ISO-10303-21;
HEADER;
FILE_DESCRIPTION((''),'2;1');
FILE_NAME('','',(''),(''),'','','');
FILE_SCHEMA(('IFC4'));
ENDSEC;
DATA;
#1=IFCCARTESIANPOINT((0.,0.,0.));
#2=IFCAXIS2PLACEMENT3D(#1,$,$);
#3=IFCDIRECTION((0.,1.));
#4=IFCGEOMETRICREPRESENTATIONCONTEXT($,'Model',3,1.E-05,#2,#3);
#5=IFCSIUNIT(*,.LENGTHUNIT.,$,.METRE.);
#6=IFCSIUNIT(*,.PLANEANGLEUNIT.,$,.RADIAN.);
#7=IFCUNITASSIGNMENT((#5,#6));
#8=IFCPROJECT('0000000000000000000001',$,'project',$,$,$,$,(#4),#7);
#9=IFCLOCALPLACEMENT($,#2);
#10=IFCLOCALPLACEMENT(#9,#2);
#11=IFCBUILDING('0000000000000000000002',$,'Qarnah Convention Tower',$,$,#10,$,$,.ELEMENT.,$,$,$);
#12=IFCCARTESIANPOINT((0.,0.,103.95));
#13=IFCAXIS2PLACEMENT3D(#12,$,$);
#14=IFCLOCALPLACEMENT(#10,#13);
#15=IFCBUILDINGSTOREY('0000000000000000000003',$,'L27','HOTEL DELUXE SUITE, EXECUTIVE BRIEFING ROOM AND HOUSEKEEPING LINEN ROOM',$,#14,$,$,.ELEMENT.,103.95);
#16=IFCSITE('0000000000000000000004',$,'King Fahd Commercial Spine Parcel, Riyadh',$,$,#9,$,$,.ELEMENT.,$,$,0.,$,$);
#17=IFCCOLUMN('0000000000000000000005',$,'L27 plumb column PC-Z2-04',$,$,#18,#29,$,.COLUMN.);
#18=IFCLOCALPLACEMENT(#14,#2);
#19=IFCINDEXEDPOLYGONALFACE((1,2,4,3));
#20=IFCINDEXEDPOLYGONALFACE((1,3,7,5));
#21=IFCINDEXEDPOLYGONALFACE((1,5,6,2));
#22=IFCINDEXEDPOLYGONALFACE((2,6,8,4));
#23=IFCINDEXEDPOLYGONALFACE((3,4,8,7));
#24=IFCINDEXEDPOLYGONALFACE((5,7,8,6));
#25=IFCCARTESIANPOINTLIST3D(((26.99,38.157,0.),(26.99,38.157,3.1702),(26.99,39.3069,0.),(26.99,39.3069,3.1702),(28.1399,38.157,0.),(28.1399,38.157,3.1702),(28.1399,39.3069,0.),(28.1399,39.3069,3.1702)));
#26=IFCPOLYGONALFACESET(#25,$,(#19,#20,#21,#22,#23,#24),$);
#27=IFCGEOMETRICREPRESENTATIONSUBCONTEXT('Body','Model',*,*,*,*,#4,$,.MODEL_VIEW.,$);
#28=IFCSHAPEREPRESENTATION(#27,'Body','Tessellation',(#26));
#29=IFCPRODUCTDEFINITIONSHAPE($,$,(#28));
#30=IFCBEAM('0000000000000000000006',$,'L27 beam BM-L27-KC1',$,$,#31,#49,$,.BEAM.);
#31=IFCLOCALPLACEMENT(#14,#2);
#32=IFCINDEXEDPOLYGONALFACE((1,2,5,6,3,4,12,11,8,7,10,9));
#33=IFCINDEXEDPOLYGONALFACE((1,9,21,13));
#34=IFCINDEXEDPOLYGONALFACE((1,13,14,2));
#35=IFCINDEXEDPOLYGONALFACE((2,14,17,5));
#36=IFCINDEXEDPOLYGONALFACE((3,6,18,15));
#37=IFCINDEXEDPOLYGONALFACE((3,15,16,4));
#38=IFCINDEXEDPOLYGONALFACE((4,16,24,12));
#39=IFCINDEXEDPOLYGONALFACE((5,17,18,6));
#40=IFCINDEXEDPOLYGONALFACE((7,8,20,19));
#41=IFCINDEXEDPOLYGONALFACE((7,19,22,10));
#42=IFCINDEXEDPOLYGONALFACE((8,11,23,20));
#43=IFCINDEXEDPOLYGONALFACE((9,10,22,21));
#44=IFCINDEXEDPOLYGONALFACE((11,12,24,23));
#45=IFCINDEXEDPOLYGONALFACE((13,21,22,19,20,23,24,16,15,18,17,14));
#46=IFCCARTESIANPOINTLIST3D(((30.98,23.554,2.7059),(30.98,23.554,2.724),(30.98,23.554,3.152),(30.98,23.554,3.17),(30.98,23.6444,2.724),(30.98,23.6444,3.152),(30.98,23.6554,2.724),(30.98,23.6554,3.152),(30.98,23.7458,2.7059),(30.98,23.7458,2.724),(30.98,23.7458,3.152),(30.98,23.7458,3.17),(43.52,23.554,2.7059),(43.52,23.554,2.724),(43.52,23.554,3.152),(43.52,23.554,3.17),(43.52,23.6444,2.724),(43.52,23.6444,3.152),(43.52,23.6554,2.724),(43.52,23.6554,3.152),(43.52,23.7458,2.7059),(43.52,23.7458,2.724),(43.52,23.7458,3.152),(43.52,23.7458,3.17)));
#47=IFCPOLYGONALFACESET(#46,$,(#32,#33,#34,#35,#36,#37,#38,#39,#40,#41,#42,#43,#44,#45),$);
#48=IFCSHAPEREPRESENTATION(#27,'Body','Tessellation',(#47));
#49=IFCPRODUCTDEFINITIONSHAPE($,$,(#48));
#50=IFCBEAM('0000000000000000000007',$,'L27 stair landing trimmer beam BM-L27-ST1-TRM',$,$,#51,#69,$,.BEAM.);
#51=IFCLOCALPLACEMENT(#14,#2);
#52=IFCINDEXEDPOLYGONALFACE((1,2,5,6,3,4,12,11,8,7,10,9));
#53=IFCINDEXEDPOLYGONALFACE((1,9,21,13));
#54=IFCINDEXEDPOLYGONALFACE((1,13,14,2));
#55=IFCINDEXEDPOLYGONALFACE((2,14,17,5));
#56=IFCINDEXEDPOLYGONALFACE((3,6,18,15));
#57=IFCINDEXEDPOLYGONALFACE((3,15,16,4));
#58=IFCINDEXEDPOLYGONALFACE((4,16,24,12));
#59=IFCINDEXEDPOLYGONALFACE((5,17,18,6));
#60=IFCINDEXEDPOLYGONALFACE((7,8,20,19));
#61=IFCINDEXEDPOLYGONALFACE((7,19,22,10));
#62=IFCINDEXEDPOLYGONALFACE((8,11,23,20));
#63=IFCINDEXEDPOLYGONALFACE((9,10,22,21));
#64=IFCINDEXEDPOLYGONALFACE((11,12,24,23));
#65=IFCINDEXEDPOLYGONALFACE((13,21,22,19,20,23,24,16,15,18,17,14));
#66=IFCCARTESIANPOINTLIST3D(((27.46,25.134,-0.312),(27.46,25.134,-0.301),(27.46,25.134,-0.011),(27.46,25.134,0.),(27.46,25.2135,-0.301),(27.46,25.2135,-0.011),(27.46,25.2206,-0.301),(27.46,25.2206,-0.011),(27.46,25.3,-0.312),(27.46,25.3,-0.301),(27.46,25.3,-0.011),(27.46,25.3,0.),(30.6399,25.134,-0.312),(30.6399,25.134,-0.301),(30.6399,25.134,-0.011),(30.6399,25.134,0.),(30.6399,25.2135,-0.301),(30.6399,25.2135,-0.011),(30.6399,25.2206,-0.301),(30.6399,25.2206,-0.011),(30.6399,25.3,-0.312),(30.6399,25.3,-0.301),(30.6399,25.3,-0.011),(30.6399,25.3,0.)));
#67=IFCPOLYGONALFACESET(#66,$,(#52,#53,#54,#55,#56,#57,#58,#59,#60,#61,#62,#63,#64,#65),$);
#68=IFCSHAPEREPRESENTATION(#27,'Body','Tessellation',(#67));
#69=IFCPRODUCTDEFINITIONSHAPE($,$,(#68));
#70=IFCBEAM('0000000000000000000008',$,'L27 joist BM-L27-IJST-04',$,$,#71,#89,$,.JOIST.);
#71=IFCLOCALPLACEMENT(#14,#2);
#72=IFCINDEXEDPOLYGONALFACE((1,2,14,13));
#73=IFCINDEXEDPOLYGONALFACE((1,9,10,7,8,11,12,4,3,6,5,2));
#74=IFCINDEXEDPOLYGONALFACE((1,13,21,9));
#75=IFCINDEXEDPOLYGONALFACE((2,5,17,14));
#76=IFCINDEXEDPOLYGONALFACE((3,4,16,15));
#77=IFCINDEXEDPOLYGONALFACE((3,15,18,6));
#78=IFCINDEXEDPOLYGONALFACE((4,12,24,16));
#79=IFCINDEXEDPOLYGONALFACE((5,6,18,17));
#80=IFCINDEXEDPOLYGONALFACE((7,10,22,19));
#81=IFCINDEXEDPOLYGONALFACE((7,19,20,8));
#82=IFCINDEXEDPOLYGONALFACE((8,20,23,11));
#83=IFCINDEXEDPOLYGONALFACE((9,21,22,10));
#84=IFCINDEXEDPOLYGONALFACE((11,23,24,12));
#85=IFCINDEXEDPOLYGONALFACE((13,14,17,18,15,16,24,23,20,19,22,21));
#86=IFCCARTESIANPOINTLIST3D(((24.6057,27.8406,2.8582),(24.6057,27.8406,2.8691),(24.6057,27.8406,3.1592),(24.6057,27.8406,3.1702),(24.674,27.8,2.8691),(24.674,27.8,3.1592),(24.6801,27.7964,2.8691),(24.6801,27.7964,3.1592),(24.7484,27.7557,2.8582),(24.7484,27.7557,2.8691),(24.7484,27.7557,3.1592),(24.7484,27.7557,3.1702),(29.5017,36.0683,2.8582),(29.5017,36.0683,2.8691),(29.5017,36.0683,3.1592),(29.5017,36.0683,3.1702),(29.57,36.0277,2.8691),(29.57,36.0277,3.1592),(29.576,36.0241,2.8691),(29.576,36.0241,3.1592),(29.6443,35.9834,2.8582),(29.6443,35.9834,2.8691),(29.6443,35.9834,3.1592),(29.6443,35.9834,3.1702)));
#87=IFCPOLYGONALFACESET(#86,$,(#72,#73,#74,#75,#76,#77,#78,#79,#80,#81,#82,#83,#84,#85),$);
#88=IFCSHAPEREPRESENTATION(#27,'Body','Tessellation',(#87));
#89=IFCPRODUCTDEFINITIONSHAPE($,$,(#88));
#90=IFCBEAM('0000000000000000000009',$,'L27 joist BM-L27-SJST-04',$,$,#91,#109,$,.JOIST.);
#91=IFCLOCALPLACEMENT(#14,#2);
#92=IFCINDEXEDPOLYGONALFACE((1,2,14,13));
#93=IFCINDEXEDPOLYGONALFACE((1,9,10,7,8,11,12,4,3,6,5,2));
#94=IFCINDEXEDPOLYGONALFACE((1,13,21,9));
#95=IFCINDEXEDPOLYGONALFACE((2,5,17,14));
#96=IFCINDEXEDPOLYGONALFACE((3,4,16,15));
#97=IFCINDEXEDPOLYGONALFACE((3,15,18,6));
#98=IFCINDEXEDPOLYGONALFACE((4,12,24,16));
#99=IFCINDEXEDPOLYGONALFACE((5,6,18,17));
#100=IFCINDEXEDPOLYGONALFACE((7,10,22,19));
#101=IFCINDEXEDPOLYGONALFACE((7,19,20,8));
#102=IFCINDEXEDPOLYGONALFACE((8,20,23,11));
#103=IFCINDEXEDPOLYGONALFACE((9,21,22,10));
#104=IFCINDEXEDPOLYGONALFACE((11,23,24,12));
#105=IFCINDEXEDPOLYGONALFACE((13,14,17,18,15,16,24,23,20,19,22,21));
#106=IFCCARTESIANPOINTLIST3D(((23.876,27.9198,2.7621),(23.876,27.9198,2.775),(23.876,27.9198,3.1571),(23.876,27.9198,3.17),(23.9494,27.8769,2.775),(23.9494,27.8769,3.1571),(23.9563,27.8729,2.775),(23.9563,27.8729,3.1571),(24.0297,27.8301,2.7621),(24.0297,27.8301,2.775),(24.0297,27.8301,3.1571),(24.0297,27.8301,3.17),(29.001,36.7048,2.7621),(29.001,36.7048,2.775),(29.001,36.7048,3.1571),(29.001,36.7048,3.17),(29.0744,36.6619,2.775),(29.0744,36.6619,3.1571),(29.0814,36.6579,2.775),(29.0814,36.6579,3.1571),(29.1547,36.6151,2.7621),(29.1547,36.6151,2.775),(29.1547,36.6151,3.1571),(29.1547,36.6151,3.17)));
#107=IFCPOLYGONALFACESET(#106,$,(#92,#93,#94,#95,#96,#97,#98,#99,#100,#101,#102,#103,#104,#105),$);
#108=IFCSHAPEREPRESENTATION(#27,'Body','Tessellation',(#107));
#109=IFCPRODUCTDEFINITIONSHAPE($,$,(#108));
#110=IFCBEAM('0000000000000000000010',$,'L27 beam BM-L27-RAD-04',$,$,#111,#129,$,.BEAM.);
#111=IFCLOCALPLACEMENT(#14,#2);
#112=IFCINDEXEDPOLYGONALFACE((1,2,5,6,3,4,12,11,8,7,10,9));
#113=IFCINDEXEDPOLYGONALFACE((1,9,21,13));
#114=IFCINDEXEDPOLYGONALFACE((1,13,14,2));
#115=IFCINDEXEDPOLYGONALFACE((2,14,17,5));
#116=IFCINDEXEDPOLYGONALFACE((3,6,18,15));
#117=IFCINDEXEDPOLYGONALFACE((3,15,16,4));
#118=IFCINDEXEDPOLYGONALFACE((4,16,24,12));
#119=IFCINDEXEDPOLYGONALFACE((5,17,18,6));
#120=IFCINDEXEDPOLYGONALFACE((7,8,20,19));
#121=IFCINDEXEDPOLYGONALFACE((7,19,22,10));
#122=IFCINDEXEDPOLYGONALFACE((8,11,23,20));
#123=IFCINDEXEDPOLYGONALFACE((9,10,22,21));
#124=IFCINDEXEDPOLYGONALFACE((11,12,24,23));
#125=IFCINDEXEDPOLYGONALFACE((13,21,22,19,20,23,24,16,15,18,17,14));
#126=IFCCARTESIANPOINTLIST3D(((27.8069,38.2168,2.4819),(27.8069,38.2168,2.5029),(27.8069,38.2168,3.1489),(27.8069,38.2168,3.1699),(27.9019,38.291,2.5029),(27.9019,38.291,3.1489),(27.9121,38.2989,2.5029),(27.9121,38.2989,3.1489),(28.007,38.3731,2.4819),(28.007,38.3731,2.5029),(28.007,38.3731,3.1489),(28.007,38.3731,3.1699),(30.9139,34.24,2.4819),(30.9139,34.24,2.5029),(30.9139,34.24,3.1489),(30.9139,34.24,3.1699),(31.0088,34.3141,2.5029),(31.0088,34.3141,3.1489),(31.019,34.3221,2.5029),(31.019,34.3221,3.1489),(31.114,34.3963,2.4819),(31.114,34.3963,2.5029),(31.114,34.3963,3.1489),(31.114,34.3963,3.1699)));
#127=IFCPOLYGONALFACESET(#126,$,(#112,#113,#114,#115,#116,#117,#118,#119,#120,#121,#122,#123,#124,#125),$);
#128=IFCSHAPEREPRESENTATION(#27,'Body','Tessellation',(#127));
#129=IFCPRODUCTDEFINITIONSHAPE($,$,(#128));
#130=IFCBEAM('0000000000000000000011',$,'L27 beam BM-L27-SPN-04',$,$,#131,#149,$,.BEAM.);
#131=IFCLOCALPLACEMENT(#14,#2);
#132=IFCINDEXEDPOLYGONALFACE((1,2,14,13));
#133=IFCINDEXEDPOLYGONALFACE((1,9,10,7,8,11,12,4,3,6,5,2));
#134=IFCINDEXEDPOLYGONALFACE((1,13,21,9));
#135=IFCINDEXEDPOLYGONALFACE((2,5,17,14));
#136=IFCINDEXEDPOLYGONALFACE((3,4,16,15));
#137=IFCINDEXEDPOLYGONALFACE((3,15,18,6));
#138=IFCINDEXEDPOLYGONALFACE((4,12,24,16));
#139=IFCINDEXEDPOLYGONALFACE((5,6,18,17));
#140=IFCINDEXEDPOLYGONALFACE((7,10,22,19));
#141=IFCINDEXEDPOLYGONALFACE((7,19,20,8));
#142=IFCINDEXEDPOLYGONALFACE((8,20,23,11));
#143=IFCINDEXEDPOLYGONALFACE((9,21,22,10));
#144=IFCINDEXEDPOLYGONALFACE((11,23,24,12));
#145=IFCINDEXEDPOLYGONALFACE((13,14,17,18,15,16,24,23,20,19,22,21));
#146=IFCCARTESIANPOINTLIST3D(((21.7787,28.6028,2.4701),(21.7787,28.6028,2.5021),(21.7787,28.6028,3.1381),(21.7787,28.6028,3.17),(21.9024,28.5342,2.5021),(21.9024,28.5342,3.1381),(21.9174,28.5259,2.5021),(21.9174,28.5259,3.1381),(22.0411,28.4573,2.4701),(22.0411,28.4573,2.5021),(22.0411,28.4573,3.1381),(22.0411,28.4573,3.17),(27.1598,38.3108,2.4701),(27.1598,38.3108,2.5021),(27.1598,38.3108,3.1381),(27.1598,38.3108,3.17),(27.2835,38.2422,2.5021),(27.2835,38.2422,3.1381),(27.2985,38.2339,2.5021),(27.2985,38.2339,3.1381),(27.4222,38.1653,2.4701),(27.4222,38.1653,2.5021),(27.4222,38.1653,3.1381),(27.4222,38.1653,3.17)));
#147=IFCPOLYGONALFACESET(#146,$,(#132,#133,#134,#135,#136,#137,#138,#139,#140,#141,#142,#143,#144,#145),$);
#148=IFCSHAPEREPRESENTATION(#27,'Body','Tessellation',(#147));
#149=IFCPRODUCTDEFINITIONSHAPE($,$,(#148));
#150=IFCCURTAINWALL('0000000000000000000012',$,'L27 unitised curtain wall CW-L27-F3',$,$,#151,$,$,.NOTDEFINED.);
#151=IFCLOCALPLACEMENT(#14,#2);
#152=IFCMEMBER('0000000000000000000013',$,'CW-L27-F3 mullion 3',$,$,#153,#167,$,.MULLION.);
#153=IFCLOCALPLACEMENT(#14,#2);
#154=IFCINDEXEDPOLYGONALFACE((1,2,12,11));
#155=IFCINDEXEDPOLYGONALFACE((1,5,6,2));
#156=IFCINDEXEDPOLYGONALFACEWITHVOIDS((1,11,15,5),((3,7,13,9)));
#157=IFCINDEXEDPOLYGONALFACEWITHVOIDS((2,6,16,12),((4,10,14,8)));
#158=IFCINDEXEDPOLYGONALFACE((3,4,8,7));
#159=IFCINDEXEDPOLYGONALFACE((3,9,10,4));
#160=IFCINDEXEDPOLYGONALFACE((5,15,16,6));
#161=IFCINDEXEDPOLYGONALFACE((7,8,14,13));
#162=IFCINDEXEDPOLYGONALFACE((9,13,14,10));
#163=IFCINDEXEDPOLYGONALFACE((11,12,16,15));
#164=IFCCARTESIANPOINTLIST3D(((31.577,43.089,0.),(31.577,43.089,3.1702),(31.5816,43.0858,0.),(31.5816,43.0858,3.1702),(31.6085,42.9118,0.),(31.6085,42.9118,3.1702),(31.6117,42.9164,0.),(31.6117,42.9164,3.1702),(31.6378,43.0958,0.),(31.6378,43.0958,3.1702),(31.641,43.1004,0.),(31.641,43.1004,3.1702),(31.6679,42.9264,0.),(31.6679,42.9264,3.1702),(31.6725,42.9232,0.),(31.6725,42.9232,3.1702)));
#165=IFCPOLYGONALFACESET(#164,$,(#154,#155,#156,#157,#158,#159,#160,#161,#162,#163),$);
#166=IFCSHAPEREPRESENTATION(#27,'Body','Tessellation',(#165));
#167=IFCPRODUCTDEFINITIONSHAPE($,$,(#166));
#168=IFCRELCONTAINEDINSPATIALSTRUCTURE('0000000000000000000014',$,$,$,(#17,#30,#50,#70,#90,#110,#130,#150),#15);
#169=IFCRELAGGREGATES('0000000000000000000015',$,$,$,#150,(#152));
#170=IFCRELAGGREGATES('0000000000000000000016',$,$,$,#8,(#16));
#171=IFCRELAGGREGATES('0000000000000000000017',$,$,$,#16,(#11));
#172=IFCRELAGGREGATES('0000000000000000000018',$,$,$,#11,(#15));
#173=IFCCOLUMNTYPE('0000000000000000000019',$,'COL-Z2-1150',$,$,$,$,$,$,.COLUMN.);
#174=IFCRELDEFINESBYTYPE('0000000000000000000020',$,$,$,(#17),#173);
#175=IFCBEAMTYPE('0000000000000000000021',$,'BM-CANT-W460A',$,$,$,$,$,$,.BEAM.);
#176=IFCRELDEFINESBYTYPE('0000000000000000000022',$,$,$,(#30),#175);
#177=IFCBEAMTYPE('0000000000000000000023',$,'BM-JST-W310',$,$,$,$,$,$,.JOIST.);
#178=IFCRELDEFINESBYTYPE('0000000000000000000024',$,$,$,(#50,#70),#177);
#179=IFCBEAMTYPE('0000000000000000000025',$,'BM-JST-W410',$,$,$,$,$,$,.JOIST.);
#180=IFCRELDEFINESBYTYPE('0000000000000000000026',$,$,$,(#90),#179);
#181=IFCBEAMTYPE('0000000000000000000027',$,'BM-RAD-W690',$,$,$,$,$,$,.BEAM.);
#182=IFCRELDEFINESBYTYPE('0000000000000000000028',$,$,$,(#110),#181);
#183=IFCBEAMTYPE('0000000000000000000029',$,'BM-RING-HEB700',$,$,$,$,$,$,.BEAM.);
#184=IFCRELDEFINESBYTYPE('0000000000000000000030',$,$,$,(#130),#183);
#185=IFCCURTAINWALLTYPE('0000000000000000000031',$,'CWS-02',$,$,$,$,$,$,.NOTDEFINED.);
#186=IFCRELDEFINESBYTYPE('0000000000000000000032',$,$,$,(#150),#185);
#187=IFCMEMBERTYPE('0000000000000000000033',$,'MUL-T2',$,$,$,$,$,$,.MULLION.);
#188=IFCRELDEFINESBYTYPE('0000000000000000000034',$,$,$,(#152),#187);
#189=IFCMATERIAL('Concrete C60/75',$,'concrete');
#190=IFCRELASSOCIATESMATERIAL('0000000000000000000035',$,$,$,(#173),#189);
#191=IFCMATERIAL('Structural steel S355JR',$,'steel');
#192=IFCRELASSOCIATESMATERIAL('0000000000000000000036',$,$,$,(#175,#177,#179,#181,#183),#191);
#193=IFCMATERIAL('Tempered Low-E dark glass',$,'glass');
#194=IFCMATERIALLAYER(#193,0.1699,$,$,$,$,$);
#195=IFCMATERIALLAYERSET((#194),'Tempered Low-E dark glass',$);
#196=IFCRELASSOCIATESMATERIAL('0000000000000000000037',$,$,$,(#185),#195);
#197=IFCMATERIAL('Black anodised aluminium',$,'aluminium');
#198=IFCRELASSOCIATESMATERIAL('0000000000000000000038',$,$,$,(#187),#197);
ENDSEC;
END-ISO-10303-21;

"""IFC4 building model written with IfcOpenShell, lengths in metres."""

from ifc_helpers import new_model, si_unit, direction, frame, origin, origin_2d, place, context, subcontext, project, spatial, rectangle, hollow_rectangle, i_section, extrude, material, layer, layer_set, material_profile, profile_set, type_object, element, aggregate, save


model = new_model("IFC4")

# Units and contexts
model_context = context("Model", 3, precision=1e-05, world=origin(), true_north=direction((0.0, 1.0)))
body_context = subcontext(model_context, "Body", "Model", "MODEL_VIEW")
ifc_project = project(units=[si_unit("LENGTHUNIT", "METRE"), si_unit("PLANEANGLEUNIT", "RADIAN")], contexts=[model_context])

# Site, building, storey
site_placement = place(None, origin())
site = spatial("IfcSite", under=ifc_project, at=site_placement, Name="King Fahd Commercial Spine Parcel, Riyadh", CompositionType="ELEMENT", RefElevation=0.0)
building_placement = place(site_placement, origin())
building = spatial("IfcBuilding", under=site, at=building_placement, Name="Qarnah Convention Tower", CompositionType="ELEMENT")
storey_placement = place(building_placement, frame((0.0, 0.0, 103.95)))
storey = spatial("IfcBuildingStorey", under=building, at=storey_placement, Name="L27", Description="HOTEL DELUXE SUITE, EXECUTIVE BRIEFING ROOM AND HOUSEKEEPING LINEN ROOM", CompositionType="ELEMENT", Elevation=103.95)

# Column
ifc_material_1 = material(Name="Concrete C60/75", Category="concrete")
ifc_material_profile_1 = material_profile(ifc_material_1, rectangle(XDim=1.1499, YDim=1.1499, at=origin_2d()), Name="RC-COL-1150X1150")
ifc_profile_set_1 = profile_set([ifc_material_profile_1], Name="Concrete C60/75")
column_type = type_object("IfcColumnType", Name="COL-Z2-1150", PredefinedType="COLUMN", material=ifc_profile_set_1)
column_placement = place(storey_placement, frame((27.5649, 38.7319, 0.0), z_axis=(0.0, 0.0, 1.0), x_axis=(1.0, 0.0, 0.0)))
element("IfcColumn", 1, at=column_placement, inside=storey, type_object=column_type, Name="L27 plumb column PC-Z2-04", PredefinedType="COLUMN", context=body_context, shape_type="SweptSolid", body=[
    extrude(rectangle(XDim=1.1499, YDim=1.1499, at=origin_2d()), origin(), (0.0, 0.0, 1.0), 3.1702),
])

# Beams
ifc_material_2 = material(Name="Structural steel S355JR", Category="steel")
ifc_material_profile_2 = material_profile(ifc_material_2, i_section(OverallWidth=0.1919, OverallDepth=0.4641, WebThickness=0.011, FlangeThickness=0.0181, at=origin_2d()), Name="W460X89")
ifc_profile_set_2 = profile_set([ifc_material_profile_2], Name="Structural steel S355JR")
beam_type_1 = type_object("IfcBeamType", Name="BM-CANT-W460A", PredefinedType="BEAM", material=ifc_profile_set_2)
beam_1_placement = place(storey_placement, frame((30.98, 23.6499, 2.938), z_axis=(1.0, 0.0, 0.0), x_axis=(0.0, 1.0, 0.0)))
element("IfcBeam", 2, at=beam_1_placement, inside=storey, type_object=beam_type_1, Name="L27 beam BM-L27-KC1", PredefinedType="BEAM", context=body_context, shape_type="SweptSolid", body=[
    extrude(i_section(OverallWidth=0.1919, OverallDepth=0.4641, WebThickness=0.011, FlangeThickness=0.0181, at=origin_2d()), origin(), (0.0, 0.0, 1.0), 12.54),
])
ifc_material_profile_3 = material_profile(ifc_material_2, i_section(OverallWidth=0.166, OverallDepth=0.312, WebThickness=0.0071, FlangeThickness=0.011, at=origin_2d()), Name="W310X45")
ifc_profile_set_3 = profile_set([ifc_material_profile_3], Name="Structural steel S355JR")
beam_type_2 = type_object("IfcBeamType", Name="BM-JST-W310", PredefinedType="JOIST", material=ifc_profile_set_3)
beam_2_placement = place(storey_placement, frame((27.46, 25.217, -0.156), z_axis=(1.0, 0.0, 0.0), x_axis=(0.0, 1.0, 0.0)))
element("IfcBeam", 3, at=beam_2_placement, inside=storey, type_object=beam_type_2, Name="L27 stair landing trimmer beam BM-L27-ST1-TRM", PredefinedType="BEAM", context=body_context, shape_type="SweptSolid", body=[
    extrude(i_section(OverallWidth=0.166, OverallDepth=0.312, WebThickness=0.0071, FlangeThickness=0.011, at=origin_2d()), origin(), (0.0, 0.0, 1.0), 3.1799),
])
beam_3_placement = place(storey_placement, frame((29.573, 36.0259, 3.0142), z_axis=(-0.511369, -0.859361, 0.0), x_axis=(0.859361, -0.511369, 0.0)))
element("IfcBeam", 4, at=beam_3_placement, inside=storey, type_object=beam_type_2, Name="L27 joist BM-L27-IJST-04", PredefinedType="JOIST", context=body_context, shape_type="SweptSolid", body=[
    extrude(i_section(OverallWidth=0.166, OverallDepth=0.312, WebThickness=0.0071, FlangeThickness=0.011, at=origin_2d()), origin(), (0.0, 0.0, 1.0), 9.5742),
])
ifc_material_profile_4 = material_profile(ifc_material_2, i_section(OverallWidth=0.178, OverallDepth=0.408, WebThickness=0.0081, FlangeThickness=0.0129, at=origin_2d()), Name="W410X60")
ifc_profile_set_4 = profile_set([ifc_material_profile_4], Name="Structural steel S355JR")
beam_type_3 = type_object("IfcBeamType", Name="BM-JST-W410", PredefinedType="JOIST", material=ifc_profile_set_4)
beam_4_placement = place(storey_placement, frame((29.0779, 36.6599, 2.9661), z_axis=(-0.503905, -0.863759, 0.0), x_axis=(0.863759, -0.503905, 0.0)))
element("IfcBeam", 5, at=beam_4_placement, inside=storey, type_object=beam_type_3, Name="L27 joist BM-L27-SJST-04", PredefinedType="JOIST", context=body_context, shape_type="SweptSolid", body=[
    extrude(i_section(OverallWidth=0.178, OverallDepth=0.408, WebThickness=0.0081, FlangeThickness=0.0129, at=origin_2d()), origin(), (0.0, 0.0, 1.0), 10.1707),
])
ifc_material_profile_5 = material_profile(ifc_material_2, i_section(OverallWidth=0.2539, OverallDepth=0.688, WebThickness=0.0129, FlangeThickness=0.021, at=origin_2d()), Name="W690X152")
ifc_profile_set_5 = profile_set([ifc_material_profile_5], Name="Structural steel S355JR")
beam_type_4 = type_object("IfcBeamType", Name="BM-RAD-W690", PredefinedType="BEAM", material=ifc_profile_set_5)
beam_5_placement = place(storey_placement, frame((31.0139, 34.3181, 2.8259), z_axis=(-0.615651, 0.788019, 0.0), x_axis=(-0.788019, -0.615651, 0.0)))
element("IfcBeam", 6, at=beam_5_placement, inside=storey, type_object=beam_type_4, Name="L27 beam BM-L27-RAD-04", PredefinedType="BEAM", context=body_context, shape_type="SweptSolid", body=[
    extrude(i_section(OverallWidth=0.2539, OverallDepth=0.688, WebThickness=0.0129, FlangeThickness=0.021, at=origin_2d()), origin(), (0.0, 0.0, 1.0), 5.0466),
])
ifc_material_profile_6 = material_profile(ifc_material_2, i_section(OverallWidth=0.3, OverallDepth=0.7, WebThickness=0.0171, FlangeThickness=0.032, at=origin_2d()), Name="HEB700")
ifc_profile_set_6 = profile_set([ifc_material_profile_6], Name="Structural steel S355JR")
beam_type_5 = type_object("IfcBeamType", Name="BM-RING-HEB700", PredefinedType="BEAM", material=ifc_profile_set_6)
beam_6_placement = place(storey_placement, frame((27.291, 38.238, 2.8201), z_axis=(-0.4848, -0.874625, 0.0), x_axis=(0.874625, -0.4848, 0.0)))
element("IfcBeam", 7, at=beam_6_placement, inside=storey, type_object=beam_type_5, Name="L27 beam BM-L27-SPN-04", PredefinedType="BEAM", context=body_context, shape_type="SweptSolid", body=[
    extrude(i_section(OverallWidth=0.3, OverallDepth=0.7, WebThickness=0.0171, FlangeThickness=0.032, at=origin_2d()), origin(), (0.0, 0.0, 1.0), 11.0996),
])

# Curtain wall, member
ifc_material_3 = material(Name="Tempered Low-E dark glass", Category="glass")
ifc_layer_1 = layer(ifc_material_3, 0.1699)
ifc_layer_set_1 = layer_set([ifc_layer_1], Name="Tempered Low-E dark glass")
curtain_wall_type = type_object("IfcCurtainWallType", Name="CWS-02", PredefinedType="NOTDEFINED", material=ifc_layer_set_1)
curtain_wall_placement = place(storey_placement, origin())
curtain_wall = element("IfcCurtainWall", 8, at=curtain_wall_placement, inside=storey, type_object=curtain_wall_type, Name="L27 unitised curtain wall CW-L27-F3", PredefinedType="NOTDEFINED")
ifc_material_4 = material(Name="Black anodised aluminium", Category="aluminium")
ifc_material_profile_7 = material_profile(ifc_material_4, hollow_rectangle(XDim=0.0649, YDim=0.1799, WallThickness=0.0039, at=origin_2d()), Name="MUL-65X180")
ifc_profile_set_7 = profile_set([ifc_material_profile_7], Name="Black anodised aluminium")
member_type = type_object("IfcMemberType", Name="MUL-T2", PredefinedType="MULLION", material=ifc_profile_set_7)
member_placement = place(storey_placement, frame((31.6248, 43.0061, 0.0), z_axis=(0.0, 0.0, 1.0), x_axis=(0.984561, 0.175039, 0.0)))
member = element("IfcMember", 9, at=member_placement, type_object=member_type, Name="CW-L27-F3 mullion 3", PredefinedType="MULLION", context=body_context, shape_type="SweptSolid", body=[
    extrude(hollow_rectangle(XDim=0.0649, YDim=0.1799, WallThickness=0.0039, at=origin_2d()), origin(), (0.0, 0.0, 1.0), 3.1702),
])
aggregate(curtain_wall, [member])

save(model, "model.ifc")
